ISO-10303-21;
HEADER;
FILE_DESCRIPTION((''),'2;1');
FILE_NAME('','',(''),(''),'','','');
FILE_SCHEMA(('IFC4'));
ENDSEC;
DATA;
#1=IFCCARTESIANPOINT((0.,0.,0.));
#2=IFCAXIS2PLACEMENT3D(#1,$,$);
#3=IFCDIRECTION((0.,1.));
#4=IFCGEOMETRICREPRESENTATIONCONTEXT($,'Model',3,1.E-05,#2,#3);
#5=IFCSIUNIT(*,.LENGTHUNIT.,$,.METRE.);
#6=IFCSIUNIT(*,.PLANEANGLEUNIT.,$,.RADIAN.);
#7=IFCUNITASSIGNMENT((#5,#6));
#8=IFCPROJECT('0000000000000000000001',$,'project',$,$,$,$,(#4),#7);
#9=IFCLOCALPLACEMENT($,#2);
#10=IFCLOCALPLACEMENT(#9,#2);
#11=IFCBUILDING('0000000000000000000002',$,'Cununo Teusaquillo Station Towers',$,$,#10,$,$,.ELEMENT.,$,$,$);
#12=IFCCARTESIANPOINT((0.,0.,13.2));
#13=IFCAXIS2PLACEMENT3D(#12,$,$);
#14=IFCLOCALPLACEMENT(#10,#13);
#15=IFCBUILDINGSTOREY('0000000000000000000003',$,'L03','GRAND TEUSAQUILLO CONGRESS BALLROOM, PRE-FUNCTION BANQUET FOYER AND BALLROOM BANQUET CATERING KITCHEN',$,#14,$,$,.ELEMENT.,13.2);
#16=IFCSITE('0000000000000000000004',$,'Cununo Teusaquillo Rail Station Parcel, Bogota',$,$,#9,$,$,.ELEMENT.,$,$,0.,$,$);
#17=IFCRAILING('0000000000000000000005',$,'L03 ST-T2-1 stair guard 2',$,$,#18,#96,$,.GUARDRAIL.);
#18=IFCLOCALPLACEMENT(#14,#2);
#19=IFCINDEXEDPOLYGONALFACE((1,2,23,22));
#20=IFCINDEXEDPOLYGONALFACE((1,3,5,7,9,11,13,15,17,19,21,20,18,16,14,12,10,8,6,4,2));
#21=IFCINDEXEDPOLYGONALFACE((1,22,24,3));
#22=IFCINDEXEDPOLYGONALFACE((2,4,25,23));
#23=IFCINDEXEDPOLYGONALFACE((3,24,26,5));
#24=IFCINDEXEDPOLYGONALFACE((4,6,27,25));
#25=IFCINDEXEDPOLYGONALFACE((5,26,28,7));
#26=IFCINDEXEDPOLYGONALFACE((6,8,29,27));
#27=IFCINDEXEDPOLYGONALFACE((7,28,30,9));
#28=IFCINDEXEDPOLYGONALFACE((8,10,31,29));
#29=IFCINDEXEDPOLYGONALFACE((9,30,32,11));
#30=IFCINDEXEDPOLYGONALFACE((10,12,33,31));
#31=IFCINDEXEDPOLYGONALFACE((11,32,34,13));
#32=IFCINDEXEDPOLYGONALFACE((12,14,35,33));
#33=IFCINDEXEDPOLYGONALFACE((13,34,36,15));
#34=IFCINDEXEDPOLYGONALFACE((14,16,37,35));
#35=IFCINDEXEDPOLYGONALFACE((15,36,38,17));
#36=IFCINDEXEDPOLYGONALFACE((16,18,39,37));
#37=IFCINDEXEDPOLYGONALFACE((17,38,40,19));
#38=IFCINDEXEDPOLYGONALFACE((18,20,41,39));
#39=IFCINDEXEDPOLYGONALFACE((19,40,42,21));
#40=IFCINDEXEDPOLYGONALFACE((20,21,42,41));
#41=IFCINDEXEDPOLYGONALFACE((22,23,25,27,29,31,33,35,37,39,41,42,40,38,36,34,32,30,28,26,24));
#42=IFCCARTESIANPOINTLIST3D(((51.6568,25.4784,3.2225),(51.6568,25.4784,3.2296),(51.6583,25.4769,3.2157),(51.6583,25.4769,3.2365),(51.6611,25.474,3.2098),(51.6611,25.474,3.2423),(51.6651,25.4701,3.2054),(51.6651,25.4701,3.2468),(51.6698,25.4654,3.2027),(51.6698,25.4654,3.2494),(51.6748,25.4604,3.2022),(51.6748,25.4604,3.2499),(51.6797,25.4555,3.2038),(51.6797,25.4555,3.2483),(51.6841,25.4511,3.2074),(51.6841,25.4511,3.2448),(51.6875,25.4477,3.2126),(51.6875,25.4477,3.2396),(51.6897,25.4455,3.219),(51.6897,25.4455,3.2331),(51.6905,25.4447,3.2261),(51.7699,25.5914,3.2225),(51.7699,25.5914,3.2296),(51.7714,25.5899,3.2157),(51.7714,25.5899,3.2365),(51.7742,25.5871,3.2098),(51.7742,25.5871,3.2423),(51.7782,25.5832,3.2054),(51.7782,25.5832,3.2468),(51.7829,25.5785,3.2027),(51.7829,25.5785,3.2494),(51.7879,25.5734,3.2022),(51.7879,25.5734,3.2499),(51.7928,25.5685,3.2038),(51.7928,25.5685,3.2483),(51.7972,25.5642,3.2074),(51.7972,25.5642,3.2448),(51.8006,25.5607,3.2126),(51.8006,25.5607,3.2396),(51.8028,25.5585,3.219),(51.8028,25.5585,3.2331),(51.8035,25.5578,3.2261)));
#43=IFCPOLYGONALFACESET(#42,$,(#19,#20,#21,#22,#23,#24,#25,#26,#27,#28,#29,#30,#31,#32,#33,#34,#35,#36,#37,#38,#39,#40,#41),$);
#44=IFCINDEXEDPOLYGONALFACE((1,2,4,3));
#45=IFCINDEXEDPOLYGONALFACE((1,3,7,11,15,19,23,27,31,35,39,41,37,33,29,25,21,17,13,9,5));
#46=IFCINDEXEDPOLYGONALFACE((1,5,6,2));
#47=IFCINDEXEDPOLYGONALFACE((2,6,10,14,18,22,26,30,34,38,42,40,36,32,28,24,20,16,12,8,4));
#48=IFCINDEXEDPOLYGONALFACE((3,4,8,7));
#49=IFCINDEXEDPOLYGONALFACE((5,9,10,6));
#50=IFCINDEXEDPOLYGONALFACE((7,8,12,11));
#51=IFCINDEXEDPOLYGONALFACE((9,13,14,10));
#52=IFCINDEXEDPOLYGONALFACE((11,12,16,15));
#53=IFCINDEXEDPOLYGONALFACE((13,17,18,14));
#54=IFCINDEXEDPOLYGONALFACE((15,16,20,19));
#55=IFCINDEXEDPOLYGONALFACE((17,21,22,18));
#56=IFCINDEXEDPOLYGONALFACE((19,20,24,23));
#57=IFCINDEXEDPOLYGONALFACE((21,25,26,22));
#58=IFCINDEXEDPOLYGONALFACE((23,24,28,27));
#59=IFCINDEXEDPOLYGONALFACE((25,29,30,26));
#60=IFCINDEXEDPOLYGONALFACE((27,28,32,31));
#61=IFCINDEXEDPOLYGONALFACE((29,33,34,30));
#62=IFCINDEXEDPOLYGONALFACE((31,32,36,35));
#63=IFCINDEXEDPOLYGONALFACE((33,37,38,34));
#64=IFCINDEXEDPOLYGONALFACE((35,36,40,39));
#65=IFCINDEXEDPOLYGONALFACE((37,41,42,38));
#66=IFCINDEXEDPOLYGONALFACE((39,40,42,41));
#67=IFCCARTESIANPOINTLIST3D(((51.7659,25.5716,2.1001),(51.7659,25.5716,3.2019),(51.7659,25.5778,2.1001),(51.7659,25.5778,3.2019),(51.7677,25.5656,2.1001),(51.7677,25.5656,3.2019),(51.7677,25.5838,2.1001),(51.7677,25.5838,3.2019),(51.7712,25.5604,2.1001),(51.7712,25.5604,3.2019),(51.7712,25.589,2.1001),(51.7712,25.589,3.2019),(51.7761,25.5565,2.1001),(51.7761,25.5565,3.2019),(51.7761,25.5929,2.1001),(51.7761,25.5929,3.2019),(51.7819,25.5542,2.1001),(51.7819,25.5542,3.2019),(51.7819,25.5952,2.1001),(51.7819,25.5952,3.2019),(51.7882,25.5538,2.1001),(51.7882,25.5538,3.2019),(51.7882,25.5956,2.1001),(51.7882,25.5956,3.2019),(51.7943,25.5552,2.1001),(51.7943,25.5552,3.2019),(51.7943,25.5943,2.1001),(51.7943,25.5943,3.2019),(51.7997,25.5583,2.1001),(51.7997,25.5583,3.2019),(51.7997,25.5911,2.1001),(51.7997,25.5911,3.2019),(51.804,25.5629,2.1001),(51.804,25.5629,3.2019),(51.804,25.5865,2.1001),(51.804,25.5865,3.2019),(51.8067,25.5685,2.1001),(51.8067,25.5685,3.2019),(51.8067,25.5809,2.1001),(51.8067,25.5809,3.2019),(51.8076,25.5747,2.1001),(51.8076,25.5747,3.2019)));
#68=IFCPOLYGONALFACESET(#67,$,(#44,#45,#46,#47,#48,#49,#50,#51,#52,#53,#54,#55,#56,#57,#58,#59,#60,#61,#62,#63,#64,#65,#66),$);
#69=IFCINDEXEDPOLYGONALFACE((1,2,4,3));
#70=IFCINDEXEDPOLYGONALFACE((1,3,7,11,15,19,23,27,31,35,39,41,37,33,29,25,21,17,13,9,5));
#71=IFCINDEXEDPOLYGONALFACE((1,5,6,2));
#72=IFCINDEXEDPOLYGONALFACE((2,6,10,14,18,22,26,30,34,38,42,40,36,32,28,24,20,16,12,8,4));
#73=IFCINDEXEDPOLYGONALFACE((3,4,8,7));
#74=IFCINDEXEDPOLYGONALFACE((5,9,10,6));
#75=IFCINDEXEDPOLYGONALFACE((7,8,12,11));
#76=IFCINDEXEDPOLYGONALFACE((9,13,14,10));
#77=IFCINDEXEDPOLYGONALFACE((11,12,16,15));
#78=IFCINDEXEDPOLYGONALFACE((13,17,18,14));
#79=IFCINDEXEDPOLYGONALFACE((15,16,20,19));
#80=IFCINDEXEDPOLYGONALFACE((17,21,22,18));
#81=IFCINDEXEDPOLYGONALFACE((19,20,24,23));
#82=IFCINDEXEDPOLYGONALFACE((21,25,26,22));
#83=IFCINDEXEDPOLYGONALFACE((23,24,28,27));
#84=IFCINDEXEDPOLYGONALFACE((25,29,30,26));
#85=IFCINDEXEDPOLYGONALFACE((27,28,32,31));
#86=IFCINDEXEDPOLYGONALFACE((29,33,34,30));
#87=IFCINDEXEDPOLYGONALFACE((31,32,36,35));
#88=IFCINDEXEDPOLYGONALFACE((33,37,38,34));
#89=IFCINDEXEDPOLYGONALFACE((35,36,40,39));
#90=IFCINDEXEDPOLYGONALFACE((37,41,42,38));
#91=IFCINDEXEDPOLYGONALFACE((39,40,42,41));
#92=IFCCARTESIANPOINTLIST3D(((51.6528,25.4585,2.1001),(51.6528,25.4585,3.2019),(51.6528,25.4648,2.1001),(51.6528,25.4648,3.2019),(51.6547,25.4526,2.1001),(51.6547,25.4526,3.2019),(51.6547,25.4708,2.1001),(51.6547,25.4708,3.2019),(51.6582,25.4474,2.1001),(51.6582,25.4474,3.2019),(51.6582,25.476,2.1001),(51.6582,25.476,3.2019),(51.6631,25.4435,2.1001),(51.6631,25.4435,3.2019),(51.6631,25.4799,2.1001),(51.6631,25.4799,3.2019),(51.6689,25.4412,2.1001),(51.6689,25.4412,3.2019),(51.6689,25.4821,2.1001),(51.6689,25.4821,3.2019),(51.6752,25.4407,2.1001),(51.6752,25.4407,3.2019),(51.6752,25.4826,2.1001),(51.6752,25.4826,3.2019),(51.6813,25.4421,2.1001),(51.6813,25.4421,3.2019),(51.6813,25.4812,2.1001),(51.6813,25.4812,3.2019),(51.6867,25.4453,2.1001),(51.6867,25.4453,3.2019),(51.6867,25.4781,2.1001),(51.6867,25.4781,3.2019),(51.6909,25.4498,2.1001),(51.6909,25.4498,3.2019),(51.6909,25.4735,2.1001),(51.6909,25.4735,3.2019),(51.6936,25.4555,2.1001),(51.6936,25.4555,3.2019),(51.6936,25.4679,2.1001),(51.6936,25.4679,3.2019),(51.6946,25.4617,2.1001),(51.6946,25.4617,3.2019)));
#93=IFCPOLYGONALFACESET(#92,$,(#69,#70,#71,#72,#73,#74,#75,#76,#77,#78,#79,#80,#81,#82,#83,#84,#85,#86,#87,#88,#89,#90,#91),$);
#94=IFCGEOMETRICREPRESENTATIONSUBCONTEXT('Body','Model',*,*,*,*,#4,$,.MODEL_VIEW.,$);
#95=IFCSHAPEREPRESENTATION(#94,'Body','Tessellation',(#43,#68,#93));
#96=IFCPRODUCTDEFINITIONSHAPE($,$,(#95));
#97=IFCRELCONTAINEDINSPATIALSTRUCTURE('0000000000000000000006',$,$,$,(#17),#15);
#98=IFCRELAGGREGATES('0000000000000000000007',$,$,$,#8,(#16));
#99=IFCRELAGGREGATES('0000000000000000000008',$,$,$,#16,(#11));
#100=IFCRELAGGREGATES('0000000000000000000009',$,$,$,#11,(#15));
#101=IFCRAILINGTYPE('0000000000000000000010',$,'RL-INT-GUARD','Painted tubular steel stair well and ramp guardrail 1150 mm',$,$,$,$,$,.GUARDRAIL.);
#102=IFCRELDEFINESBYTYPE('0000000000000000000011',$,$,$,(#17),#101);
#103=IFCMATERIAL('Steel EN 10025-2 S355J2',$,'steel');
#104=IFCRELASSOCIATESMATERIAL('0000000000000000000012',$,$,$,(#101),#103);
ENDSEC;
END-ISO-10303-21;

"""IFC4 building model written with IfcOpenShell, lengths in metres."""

from ifc_helpers import new_model, si_unit, direction, frame, origin, origin_2d, place, context, subcontext, project, spatial, circle, extrude, material, type_object, element, save


model = new_model("IFC4")

# Units and contexts
model_context = context("Model", 3, precision=1e-05, world=origin(), true_north=direction((0.0, 1.0)))
body_context = subcontext(model_context, "Body", "Model", "MODEL_VIEW")
ifc_project = project(units=[si_unit("LENGTHUNIT", "METRE"), si_unit("PLANEANGLEUNIT", "RADIAN")], contexts=[model_context])

# Site, building, storey
site_placement = place(None, origin())
site = spatial("IfcSite", under=ifc_project, at=site_placement, Name="Cununo Teusaquillo Rail Station Parcel, Bogota", CompositionType="ELEMENT", RefElevation=0.0)
building_placement = place(site_placement, origin())
building = spatial("IfcBuilding", under=site, at=building_placement, Name="Cununo Teusaquillo Station Towers", CompositionType="ELEMENT")
storey_placement = place(building_placement, frame((0.0, 0.0, 13.2)))
storey = spatial("IfcBuildingStorey", under=building, at=storey_placement, Name="L03", Description="GRAND TEUSAQUILLO CONGRESS BALLROOM, PRE-FUNCTION BANQUET FOYER AND BALLROOM BANQUET CATERING KITCHEN", CompositionType="ELEMENT", Elevation=13.2)

# Railing
ifc_material_1 = material(Name="Steel EN 10025-2 S355J2", Category="steel")
railing_type_1 = type_object("IfcRailingType", Name="RL-INT-GUARD", Description="Painted tubular steel stair well and ramp guardrail 1150 mm", PredefinedType="GUARDRAIL", material=ifc_material_1)
railing_1_placement = place(storey_placement, frame((51.7866, 25.5747, 2.1001)))
element("IfcRailing", 1, at=railing_1_placement, inside=storey, type_object=railing_type_1, Name="L03 ST-T2-1 stair guard 2", PredefinedType="GUARDRAIL", context=body_context, shape_type="SweptSolid", body=[
    extrude(circle(Radius=0.0239, at=origin_2d()), frame((0.0, 0.0, 1.126), z_axis=(-0.707107, -0.707107, 0.0), x_axis=(0.707107, -0.707107, 0.0)), (0.0, 0.0, 1.0), 0.1599),
    extrude(circle(Radius=0.021, at=origin_2d()), origin(), (0.0, 0.0, 1.0), 1.1018),
    extrude(circle(Radius=0.021, at=origin_2d()), frame((-0.113, -0.113, 0.0)), (0.0, 0.0, 1.0), 1.1018),
])

save(model, "model.ifc")
